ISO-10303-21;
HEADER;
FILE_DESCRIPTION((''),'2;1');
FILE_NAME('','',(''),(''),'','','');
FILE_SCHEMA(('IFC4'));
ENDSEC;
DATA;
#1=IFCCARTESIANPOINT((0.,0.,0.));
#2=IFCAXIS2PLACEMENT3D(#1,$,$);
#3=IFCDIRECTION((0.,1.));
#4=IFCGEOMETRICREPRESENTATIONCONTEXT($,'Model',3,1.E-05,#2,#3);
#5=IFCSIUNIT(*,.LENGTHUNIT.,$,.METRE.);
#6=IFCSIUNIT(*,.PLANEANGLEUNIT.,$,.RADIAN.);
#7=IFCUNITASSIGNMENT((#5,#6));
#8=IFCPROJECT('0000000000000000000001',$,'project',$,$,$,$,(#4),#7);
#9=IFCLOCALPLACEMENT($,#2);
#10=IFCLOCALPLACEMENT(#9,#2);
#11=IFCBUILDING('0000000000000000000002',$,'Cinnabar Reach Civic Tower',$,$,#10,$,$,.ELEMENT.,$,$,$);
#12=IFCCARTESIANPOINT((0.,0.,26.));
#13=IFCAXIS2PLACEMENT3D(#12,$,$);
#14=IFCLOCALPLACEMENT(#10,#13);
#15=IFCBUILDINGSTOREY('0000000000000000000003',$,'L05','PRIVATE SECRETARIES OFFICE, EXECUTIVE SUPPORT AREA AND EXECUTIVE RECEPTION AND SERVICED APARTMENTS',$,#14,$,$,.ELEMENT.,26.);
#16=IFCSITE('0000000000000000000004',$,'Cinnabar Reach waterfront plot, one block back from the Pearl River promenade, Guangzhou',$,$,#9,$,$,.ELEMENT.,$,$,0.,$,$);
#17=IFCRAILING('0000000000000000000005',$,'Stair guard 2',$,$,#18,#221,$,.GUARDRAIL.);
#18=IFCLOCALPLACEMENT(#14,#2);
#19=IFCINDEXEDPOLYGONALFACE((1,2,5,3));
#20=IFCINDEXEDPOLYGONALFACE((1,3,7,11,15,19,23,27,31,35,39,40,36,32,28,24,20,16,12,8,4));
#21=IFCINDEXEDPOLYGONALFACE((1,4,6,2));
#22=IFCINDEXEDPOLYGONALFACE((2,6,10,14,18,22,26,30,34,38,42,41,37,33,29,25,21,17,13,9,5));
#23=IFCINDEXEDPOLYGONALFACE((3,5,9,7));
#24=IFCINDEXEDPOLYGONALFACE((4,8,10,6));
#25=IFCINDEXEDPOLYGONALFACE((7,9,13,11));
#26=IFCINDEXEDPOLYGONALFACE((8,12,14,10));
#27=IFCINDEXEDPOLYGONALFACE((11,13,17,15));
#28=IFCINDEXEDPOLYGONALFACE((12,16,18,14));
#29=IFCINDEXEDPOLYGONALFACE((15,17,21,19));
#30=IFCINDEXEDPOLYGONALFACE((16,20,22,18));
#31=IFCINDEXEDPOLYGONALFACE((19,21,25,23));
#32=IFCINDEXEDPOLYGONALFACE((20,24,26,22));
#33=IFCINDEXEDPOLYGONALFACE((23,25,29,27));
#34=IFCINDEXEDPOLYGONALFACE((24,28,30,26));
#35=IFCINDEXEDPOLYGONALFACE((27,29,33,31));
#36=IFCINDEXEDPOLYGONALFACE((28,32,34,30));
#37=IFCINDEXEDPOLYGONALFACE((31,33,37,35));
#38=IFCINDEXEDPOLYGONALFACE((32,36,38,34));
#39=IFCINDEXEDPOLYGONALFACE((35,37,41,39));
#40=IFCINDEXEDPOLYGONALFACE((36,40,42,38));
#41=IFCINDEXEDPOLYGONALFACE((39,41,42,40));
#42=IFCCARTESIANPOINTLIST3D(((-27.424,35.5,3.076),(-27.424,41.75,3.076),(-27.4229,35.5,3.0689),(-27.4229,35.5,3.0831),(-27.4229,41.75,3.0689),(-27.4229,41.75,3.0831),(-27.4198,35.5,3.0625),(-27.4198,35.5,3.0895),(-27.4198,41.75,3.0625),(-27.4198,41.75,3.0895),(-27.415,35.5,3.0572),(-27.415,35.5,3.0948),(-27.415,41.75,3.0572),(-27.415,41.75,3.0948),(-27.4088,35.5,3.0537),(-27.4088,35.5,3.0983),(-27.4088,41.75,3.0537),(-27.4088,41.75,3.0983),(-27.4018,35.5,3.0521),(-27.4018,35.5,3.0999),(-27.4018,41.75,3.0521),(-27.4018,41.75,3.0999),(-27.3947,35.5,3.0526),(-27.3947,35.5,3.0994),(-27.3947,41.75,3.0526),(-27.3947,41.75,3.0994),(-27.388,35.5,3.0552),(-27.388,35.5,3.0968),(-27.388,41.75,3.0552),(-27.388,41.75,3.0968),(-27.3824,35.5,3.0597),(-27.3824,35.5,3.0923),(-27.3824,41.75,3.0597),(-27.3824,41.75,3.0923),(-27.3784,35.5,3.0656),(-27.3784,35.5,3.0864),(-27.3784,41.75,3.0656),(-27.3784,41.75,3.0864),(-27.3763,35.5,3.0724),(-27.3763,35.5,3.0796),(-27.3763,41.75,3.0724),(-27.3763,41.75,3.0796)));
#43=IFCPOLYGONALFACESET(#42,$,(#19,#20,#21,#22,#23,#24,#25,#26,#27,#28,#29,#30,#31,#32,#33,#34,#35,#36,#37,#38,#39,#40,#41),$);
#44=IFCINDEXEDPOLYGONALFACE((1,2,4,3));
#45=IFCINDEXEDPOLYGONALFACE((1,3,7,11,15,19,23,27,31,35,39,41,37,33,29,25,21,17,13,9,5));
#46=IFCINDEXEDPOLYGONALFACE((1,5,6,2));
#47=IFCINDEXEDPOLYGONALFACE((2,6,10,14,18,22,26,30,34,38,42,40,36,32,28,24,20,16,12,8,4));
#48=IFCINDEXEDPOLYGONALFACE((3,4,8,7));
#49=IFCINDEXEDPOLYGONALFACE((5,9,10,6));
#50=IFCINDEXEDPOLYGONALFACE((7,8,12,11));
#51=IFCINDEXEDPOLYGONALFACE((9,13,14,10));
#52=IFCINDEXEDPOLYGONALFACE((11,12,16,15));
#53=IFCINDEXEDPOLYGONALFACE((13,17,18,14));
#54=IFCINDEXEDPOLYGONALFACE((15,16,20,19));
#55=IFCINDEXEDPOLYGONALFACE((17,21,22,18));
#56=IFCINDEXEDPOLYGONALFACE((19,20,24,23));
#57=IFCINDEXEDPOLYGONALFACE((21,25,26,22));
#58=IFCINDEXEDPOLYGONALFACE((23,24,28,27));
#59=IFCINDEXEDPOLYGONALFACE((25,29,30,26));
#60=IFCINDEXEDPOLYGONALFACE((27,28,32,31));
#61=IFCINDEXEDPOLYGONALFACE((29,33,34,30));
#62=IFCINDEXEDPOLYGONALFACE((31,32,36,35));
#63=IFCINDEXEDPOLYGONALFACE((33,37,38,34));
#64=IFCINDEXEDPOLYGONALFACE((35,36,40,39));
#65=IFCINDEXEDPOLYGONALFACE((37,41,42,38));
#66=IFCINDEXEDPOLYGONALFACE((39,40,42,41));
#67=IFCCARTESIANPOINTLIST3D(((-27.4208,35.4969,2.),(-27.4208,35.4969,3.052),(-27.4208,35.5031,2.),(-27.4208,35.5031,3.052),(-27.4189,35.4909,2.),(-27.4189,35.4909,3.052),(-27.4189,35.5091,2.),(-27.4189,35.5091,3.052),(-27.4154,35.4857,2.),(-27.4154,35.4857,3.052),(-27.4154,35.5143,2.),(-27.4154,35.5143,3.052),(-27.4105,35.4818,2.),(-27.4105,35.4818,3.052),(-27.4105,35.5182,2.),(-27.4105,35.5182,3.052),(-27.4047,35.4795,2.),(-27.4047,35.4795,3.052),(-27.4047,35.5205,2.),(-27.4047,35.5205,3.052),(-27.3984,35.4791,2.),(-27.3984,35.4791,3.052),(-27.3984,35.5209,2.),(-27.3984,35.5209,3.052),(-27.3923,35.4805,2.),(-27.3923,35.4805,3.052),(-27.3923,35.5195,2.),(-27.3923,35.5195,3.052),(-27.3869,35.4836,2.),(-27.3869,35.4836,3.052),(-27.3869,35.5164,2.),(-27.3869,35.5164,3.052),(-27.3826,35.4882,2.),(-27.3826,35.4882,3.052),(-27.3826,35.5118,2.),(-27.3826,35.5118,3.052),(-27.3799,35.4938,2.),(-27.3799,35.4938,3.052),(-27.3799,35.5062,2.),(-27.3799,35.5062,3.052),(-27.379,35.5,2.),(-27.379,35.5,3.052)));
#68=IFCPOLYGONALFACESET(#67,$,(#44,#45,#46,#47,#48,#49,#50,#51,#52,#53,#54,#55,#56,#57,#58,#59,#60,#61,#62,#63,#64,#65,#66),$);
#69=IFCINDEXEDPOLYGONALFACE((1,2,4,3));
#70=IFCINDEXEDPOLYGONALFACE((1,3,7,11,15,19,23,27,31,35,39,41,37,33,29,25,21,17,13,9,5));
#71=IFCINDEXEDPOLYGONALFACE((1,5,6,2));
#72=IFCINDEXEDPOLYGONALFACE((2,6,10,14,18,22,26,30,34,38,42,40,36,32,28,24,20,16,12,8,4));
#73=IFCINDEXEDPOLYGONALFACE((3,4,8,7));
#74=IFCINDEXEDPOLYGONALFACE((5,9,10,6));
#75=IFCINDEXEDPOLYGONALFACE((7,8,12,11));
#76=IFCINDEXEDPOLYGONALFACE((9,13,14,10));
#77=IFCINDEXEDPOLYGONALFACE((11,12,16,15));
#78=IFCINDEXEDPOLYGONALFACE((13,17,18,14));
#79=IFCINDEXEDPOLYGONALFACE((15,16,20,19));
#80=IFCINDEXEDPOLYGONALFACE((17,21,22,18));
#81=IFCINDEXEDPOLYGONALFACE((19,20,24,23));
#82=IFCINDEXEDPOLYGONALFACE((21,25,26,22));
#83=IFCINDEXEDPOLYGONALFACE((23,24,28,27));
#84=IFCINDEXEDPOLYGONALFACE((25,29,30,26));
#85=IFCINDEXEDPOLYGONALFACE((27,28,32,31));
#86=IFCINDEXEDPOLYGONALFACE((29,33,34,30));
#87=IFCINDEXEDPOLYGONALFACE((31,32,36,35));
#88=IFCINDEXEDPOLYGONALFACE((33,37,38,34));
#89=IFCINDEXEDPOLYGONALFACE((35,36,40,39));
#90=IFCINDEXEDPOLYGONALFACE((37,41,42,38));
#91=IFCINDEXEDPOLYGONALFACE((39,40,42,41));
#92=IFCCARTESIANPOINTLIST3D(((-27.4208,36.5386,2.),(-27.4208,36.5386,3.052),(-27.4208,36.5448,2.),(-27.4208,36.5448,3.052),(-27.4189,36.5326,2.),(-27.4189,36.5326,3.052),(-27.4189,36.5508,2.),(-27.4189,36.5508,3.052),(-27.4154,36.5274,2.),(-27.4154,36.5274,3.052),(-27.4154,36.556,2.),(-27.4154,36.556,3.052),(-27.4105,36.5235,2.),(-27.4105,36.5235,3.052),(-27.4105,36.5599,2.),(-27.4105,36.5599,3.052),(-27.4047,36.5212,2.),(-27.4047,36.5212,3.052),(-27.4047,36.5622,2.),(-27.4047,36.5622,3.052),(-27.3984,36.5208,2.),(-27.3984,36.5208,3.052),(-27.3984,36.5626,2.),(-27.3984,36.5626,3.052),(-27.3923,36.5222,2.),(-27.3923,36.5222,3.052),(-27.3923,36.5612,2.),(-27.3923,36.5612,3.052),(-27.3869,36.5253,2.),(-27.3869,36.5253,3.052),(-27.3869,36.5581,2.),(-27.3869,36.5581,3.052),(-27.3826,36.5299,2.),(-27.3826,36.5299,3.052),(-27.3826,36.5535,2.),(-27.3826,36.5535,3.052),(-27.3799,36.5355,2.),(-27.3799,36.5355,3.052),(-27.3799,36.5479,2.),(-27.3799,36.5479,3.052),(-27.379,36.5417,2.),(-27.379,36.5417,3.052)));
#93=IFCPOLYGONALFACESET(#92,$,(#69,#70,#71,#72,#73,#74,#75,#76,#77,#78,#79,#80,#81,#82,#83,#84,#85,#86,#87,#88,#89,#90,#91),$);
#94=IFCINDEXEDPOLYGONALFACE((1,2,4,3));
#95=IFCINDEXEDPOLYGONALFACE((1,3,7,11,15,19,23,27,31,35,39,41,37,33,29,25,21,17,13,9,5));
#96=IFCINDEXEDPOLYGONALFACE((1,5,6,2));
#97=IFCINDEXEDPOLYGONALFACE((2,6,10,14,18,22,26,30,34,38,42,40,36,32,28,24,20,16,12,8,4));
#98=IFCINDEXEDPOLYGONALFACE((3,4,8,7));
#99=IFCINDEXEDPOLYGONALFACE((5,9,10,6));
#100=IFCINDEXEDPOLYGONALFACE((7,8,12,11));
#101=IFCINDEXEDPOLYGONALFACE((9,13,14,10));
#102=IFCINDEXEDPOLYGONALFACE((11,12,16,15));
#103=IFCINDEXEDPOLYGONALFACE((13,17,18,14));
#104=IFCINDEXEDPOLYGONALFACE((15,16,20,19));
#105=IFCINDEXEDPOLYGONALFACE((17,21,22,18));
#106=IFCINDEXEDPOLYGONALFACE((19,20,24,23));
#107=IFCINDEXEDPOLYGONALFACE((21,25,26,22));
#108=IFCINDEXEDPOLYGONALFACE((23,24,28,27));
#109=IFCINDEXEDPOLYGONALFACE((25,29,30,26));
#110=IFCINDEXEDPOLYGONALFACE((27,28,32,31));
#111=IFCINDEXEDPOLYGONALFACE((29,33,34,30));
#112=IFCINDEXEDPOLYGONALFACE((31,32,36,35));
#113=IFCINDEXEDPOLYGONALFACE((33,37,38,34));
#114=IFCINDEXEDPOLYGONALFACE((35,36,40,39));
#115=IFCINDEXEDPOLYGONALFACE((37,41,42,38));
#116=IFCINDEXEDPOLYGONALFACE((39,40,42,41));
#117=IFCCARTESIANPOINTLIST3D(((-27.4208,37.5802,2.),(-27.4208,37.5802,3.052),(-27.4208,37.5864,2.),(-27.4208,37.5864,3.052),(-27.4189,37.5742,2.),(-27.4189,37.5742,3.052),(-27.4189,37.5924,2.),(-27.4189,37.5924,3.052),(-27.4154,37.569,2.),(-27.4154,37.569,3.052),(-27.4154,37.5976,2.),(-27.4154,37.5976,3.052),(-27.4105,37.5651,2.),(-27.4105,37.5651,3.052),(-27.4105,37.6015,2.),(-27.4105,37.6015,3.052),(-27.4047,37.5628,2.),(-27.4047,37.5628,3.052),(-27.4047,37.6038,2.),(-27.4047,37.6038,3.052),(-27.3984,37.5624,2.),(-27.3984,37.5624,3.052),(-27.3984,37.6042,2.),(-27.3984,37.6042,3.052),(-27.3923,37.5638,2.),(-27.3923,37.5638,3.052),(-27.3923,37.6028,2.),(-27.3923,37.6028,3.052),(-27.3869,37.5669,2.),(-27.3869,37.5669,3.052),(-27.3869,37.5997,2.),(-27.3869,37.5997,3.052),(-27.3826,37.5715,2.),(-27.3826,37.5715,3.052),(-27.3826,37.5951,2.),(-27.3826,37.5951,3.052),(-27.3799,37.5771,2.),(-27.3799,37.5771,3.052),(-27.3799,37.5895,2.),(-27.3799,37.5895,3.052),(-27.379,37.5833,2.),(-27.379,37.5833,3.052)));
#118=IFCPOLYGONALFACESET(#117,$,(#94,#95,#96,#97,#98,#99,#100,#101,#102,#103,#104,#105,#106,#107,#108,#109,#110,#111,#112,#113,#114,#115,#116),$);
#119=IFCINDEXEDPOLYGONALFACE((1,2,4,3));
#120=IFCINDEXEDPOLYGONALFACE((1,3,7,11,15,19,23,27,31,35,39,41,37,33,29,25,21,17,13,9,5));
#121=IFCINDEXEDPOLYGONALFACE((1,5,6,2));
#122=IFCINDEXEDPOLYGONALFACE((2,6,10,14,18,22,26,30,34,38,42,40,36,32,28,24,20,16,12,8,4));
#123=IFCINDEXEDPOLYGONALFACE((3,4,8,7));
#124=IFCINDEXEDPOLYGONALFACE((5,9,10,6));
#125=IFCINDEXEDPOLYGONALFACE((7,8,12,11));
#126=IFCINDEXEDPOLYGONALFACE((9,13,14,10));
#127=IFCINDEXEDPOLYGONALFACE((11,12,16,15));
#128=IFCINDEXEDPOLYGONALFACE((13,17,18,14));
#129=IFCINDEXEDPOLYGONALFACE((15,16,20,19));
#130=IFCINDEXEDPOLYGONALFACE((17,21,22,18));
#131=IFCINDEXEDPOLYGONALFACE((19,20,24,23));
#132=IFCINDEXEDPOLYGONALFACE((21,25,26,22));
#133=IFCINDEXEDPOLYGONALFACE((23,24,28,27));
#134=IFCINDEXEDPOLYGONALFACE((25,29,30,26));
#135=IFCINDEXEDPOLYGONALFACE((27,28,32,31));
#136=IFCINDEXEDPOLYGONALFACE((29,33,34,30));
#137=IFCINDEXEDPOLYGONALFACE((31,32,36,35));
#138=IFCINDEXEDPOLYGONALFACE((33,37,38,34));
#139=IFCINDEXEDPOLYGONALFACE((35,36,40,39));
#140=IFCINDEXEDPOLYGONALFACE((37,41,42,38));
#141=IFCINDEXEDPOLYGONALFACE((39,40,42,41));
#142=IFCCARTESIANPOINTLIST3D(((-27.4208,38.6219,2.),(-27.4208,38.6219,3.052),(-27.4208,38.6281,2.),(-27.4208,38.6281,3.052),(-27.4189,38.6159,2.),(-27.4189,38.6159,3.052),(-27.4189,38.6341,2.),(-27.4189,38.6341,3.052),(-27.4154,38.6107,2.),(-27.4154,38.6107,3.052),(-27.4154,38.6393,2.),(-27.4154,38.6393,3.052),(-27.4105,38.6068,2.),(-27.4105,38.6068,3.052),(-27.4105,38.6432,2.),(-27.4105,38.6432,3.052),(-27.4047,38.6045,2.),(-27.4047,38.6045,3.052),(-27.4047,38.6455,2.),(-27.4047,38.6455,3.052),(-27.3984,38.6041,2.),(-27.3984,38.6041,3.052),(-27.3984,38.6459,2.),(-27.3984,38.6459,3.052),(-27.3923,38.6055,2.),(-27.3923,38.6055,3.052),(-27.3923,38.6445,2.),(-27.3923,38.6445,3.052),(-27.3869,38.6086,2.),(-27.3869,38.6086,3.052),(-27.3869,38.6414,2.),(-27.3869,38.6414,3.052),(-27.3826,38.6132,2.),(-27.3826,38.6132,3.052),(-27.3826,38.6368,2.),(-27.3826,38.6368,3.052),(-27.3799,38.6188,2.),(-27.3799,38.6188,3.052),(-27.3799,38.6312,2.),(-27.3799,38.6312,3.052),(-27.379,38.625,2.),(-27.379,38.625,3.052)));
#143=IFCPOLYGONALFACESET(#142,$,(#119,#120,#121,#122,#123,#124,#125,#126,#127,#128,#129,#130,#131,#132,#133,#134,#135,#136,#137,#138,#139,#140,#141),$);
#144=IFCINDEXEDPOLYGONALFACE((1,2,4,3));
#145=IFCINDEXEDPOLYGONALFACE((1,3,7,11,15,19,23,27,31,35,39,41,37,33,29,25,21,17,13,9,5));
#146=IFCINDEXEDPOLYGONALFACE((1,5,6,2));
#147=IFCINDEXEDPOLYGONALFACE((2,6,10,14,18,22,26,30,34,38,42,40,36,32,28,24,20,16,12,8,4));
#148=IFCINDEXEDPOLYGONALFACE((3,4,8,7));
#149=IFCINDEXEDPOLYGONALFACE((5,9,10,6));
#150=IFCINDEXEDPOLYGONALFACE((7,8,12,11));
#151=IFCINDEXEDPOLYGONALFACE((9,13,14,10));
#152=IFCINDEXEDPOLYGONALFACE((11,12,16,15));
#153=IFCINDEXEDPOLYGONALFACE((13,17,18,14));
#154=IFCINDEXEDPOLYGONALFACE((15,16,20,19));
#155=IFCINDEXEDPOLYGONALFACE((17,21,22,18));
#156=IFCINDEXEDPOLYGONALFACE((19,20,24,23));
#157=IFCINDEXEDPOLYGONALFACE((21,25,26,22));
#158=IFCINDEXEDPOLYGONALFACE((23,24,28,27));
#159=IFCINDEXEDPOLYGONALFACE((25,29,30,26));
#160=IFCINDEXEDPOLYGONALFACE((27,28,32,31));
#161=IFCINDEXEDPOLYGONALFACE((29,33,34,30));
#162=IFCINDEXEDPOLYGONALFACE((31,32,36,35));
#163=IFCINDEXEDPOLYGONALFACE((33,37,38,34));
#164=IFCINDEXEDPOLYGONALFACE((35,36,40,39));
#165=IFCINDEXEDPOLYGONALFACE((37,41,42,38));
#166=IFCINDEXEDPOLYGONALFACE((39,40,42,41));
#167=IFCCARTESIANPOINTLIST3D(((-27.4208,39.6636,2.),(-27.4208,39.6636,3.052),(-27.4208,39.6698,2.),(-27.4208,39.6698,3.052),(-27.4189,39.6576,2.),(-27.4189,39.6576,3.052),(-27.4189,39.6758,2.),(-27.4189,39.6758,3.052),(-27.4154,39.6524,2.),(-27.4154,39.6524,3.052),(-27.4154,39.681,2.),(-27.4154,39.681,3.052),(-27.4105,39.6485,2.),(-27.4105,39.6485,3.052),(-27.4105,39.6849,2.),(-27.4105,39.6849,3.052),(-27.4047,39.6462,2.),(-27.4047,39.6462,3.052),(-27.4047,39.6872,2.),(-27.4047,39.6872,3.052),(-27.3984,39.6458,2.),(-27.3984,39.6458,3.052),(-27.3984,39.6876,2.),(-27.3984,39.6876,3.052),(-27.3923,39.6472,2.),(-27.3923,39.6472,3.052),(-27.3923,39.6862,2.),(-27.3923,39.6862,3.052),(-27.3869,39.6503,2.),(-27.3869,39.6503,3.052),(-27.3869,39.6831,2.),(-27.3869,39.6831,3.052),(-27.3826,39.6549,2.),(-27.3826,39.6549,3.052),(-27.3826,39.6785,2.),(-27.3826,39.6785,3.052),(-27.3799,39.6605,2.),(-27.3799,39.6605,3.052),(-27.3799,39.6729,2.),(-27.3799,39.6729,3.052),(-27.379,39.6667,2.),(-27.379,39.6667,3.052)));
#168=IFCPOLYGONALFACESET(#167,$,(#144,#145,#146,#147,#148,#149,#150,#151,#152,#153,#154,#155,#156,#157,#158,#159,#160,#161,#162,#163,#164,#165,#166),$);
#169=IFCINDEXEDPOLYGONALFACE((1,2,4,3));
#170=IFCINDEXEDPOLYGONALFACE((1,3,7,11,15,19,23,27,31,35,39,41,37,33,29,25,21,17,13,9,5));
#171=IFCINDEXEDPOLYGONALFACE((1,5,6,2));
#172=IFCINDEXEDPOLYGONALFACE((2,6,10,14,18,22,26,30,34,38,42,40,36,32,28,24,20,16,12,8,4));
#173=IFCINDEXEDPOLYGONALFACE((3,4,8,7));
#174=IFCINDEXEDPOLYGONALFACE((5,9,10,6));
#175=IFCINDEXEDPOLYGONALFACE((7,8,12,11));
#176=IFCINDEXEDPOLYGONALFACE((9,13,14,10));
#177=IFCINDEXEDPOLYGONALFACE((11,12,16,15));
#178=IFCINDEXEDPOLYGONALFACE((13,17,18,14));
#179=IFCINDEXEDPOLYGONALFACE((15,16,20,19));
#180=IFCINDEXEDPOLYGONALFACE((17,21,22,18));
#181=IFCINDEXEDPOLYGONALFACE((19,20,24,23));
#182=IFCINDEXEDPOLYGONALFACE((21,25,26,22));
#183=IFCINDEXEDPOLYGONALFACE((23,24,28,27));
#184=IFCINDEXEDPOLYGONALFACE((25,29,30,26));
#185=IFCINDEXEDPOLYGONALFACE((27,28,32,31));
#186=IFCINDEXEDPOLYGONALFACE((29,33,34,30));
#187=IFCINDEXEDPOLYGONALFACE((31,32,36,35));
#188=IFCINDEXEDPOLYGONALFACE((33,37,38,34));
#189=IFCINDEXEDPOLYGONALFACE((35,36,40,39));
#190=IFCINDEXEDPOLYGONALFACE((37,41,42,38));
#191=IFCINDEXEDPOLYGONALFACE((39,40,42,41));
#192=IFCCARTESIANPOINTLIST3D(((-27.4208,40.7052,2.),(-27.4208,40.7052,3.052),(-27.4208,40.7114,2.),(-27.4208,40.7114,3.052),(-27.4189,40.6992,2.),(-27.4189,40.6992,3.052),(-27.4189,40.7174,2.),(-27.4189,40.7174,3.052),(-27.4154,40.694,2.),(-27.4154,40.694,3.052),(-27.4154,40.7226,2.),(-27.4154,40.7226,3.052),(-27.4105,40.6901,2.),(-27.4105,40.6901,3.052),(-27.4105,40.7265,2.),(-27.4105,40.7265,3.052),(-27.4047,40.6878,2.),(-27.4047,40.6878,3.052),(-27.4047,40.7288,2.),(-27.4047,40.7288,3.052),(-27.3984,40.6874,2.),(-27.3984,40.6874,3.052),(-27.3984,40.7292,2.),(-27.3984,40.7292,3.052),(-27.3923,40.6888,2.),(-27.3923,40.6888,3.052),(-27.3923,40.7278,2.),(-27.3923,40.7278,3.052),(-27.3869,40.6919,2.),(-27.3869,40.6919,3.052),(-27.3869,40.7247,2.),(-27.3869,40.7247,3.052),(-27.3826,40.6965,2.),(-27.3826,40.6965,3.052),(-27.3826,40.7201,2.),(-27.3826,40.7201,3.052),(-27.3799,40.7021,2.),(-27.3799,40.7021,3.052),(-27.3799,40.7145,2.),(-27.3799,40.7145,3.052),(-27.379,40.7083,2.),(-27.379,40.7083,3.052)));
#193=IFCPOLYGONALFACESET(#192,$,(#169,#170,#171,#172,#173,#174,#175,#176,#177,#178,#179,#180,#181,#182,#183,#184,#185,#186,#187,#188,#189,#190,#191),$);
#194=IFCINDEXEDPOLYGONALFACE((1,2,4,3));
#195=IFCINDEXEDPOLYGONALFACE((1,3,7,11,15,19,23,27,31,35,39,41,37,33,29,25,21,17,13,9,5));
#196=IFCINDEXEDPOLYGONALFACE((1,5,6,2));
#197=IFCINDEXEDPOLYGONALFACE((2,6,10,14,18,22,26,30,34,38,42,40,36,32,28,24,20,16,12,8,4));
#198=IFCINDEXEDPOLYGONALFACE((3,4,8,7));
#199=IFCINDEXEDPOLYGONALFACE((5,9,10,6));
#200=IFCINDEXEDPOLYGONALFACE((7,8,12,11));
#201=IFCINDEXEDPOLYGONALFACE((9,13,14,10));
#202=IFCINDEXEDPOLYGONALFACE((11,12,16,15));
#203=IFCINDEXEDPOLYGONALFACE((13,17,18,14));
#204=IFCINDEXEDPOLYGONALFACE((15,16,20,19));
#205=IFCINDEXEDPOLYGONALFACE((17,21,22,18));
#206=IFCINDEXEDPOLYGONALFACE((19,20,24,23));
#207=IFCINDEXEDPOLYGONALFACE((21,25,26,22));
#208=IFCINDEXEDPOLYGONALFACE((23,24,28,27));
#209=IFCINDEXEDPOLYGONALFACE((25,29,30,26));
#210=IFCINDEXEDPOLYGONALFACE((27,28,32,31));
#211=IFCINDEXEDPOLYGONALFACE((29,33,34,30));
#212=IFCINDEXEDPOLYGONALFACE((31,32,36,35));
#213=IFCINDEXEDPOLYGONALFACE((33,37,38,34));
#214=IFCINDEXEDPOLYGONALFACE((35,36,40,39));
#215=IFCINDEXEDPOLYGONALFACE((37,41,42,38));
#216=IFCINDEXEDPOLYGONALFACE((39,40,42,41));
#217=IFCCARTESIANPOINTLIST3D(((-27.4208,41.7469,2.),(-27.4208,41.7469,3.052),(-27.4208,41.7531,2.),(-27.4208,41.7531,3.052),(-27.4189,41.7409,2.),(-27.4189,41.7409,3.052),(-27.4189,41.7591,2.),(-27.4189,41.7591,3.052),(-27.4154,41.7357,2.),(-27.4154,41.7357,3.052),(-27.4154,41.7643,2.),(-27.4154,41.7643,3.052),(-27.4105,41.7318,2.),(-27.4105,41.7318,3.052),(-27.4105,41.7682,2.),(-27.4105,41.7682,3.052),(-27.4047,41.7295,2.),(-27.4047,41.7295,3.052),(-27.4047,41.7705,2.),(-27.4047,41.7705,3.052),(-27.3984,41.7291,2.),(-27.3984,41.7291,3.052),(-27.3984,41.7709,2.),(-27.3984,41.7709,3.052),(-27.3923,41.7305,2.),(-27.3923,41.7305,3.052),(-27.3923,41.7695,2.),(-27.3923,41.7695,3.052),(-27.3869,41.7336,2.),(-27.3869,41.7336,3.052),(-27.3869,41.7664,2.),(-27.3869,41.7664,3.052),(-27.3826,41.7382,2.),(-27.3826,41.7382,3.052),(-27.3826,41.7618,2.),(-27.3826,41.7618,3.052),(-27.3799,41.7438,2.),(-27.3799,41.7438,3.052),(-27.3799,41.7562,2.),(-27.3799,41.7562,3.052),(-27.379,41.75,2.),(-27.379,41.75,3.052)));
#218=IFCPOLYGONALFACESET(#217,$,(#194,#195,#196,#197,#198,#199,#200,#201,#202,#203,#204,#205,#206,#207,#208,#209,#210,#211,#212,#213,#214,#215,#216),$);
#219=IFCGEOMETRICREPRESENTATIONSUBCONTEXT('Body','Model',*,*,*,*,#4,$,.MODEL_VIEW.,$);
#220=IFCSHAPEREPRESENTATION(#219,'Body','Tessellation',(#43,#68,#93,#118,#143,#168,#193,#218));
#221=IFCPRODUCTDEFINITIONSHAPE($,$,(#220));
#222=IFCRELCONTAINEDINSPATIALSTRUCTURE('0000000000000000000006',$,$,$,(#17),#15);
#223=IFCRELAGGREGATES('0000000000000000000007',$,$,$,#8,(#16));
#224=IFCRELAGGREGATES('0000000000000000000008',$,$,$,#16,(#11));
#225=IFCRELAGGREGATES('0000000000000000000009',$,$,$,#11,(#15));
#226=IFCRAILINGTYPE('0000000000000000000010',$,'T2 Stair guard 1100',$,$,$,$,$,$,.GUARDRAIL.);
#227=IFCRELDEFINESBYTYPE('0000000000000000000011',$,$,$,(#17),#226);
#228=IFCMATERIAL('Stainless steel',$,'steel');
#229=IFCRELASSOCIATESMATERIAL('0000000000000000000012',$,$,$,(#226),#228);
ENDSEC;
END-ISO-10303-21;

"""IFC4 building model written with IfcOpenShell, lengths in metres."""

from ifc_helpers import new_model, si_unit, direction, frame, origin, origin_2d, place, context, subcontext, project, spatial, circle, extrude, material, type_object, element, save


model = new_model("IFC4")

# Units and contexts
model_context = context("Model", 3, precision=1e-05, world=origin(), true_north=direction((0.0, 1.0)))
body_context = subcontext(model_context, "Body", "Model", "MODEL_VIEW")
ifc_project = project(units=[si_unit("LENGTHUNIT", "METRE"), si_unit("PLANEANGLEUNIT", "RADIAN")], contexts=[model_context])

# Site, building, storey
site_placement = place(None, origin())
site = spatial("IfcSite", under=ifc_project, at=site_placement, Name="Cinnabar Reach waterfront plot, one block back from the Pearl River promenade, Guangzhou", CompositionType="ELEMENT", RefElevation=0.0)
building_placement = place(site_placement, origin())
building = spatial("IfcBuilding", under=site, at=building_placement, Name="Cinnabar Reach Civic Tower", CompositionType="ELEMENT")
storey_placement = place(building_placement, frame((0.0, 0.0, 26.0)))
storey = spatial("IfcBuildingStorey", under=building, at=storey_placement, Name="L05", Description="PRIVATE SECRETARIES OFFICE, EXECUTIVE SUPPORT AREA AND EXECUTIVE RECEPTION AND SERVICED APARTMENTS", CompositionType="ELEMENT", Elevation=26.0)

# Railing
ifc_material_1 = material(Name="Stainless steel", Category="steel")
railing_type = type_object("IfcRailingType", Name="T2 Stair guard 1100", PredefinedType="GUARDRAIL", material=ifc_material_1)
for number, where, name in (
    (1, (-27.4, 35.5, 2.0), "Stair guard 2"),
):
    element("IfcRailing", number, at=place(storey_placement, frame(where)), inside=storey, type_object=railing_type, Name=name, PredefinedType="GUARDRAIL", context=body_context, shape_type="SweptSolid", body=[
        extrude(circle(Radius=0.024, at=origin_2d()), frame((0.0, 0.0, 1.076), z_axis=(0.0, 1.0, 0.0), x_axis=(-1.0, 0.0, 0.0)), (0.0, 0.0, 1.0), 6.25),
        extrude(circle(Radius=0.021, at=origin_2d()), origin(), (0.0, 0.0, 1.0), 1.052),
        extrude(circle(Radius=0.021, at=origin_2d()), frame((0.0, 1.0417, 0.0)), (0.0, 0.0, 1.0), 1.052),
        extrude(circle(Radius=0.021, at=origin_2d()), frame((0.0, 2.0833, 0.0)), (0.0, 0.0, 1.0), 1.052),
        extrude(circle(Radius=0.021, at=origin_2d()), frame((0.0, 3.125, 0.0)), (0.0, 0.0, 1.0), 1.052),
        extrude(circle(Radius=0.021, at=origin_2d()), frame((0.0, 4.1667, 0.0)), (0.0, 0.0, 1.0), 1.052),
        extrude(circle(Radius=0.021, at=origin_2d()), frame((0.0, 5.2083, 0.0)), (0.0, 0.0, 1.0), 1.052),
        extrude(circle(Radius=0.021, at=origin_2d()), frame((0.0, 6.25, 0.0)), (0.0, 0.0, 1.0), 1.052),
    ])

save(model, "model.ifc")
